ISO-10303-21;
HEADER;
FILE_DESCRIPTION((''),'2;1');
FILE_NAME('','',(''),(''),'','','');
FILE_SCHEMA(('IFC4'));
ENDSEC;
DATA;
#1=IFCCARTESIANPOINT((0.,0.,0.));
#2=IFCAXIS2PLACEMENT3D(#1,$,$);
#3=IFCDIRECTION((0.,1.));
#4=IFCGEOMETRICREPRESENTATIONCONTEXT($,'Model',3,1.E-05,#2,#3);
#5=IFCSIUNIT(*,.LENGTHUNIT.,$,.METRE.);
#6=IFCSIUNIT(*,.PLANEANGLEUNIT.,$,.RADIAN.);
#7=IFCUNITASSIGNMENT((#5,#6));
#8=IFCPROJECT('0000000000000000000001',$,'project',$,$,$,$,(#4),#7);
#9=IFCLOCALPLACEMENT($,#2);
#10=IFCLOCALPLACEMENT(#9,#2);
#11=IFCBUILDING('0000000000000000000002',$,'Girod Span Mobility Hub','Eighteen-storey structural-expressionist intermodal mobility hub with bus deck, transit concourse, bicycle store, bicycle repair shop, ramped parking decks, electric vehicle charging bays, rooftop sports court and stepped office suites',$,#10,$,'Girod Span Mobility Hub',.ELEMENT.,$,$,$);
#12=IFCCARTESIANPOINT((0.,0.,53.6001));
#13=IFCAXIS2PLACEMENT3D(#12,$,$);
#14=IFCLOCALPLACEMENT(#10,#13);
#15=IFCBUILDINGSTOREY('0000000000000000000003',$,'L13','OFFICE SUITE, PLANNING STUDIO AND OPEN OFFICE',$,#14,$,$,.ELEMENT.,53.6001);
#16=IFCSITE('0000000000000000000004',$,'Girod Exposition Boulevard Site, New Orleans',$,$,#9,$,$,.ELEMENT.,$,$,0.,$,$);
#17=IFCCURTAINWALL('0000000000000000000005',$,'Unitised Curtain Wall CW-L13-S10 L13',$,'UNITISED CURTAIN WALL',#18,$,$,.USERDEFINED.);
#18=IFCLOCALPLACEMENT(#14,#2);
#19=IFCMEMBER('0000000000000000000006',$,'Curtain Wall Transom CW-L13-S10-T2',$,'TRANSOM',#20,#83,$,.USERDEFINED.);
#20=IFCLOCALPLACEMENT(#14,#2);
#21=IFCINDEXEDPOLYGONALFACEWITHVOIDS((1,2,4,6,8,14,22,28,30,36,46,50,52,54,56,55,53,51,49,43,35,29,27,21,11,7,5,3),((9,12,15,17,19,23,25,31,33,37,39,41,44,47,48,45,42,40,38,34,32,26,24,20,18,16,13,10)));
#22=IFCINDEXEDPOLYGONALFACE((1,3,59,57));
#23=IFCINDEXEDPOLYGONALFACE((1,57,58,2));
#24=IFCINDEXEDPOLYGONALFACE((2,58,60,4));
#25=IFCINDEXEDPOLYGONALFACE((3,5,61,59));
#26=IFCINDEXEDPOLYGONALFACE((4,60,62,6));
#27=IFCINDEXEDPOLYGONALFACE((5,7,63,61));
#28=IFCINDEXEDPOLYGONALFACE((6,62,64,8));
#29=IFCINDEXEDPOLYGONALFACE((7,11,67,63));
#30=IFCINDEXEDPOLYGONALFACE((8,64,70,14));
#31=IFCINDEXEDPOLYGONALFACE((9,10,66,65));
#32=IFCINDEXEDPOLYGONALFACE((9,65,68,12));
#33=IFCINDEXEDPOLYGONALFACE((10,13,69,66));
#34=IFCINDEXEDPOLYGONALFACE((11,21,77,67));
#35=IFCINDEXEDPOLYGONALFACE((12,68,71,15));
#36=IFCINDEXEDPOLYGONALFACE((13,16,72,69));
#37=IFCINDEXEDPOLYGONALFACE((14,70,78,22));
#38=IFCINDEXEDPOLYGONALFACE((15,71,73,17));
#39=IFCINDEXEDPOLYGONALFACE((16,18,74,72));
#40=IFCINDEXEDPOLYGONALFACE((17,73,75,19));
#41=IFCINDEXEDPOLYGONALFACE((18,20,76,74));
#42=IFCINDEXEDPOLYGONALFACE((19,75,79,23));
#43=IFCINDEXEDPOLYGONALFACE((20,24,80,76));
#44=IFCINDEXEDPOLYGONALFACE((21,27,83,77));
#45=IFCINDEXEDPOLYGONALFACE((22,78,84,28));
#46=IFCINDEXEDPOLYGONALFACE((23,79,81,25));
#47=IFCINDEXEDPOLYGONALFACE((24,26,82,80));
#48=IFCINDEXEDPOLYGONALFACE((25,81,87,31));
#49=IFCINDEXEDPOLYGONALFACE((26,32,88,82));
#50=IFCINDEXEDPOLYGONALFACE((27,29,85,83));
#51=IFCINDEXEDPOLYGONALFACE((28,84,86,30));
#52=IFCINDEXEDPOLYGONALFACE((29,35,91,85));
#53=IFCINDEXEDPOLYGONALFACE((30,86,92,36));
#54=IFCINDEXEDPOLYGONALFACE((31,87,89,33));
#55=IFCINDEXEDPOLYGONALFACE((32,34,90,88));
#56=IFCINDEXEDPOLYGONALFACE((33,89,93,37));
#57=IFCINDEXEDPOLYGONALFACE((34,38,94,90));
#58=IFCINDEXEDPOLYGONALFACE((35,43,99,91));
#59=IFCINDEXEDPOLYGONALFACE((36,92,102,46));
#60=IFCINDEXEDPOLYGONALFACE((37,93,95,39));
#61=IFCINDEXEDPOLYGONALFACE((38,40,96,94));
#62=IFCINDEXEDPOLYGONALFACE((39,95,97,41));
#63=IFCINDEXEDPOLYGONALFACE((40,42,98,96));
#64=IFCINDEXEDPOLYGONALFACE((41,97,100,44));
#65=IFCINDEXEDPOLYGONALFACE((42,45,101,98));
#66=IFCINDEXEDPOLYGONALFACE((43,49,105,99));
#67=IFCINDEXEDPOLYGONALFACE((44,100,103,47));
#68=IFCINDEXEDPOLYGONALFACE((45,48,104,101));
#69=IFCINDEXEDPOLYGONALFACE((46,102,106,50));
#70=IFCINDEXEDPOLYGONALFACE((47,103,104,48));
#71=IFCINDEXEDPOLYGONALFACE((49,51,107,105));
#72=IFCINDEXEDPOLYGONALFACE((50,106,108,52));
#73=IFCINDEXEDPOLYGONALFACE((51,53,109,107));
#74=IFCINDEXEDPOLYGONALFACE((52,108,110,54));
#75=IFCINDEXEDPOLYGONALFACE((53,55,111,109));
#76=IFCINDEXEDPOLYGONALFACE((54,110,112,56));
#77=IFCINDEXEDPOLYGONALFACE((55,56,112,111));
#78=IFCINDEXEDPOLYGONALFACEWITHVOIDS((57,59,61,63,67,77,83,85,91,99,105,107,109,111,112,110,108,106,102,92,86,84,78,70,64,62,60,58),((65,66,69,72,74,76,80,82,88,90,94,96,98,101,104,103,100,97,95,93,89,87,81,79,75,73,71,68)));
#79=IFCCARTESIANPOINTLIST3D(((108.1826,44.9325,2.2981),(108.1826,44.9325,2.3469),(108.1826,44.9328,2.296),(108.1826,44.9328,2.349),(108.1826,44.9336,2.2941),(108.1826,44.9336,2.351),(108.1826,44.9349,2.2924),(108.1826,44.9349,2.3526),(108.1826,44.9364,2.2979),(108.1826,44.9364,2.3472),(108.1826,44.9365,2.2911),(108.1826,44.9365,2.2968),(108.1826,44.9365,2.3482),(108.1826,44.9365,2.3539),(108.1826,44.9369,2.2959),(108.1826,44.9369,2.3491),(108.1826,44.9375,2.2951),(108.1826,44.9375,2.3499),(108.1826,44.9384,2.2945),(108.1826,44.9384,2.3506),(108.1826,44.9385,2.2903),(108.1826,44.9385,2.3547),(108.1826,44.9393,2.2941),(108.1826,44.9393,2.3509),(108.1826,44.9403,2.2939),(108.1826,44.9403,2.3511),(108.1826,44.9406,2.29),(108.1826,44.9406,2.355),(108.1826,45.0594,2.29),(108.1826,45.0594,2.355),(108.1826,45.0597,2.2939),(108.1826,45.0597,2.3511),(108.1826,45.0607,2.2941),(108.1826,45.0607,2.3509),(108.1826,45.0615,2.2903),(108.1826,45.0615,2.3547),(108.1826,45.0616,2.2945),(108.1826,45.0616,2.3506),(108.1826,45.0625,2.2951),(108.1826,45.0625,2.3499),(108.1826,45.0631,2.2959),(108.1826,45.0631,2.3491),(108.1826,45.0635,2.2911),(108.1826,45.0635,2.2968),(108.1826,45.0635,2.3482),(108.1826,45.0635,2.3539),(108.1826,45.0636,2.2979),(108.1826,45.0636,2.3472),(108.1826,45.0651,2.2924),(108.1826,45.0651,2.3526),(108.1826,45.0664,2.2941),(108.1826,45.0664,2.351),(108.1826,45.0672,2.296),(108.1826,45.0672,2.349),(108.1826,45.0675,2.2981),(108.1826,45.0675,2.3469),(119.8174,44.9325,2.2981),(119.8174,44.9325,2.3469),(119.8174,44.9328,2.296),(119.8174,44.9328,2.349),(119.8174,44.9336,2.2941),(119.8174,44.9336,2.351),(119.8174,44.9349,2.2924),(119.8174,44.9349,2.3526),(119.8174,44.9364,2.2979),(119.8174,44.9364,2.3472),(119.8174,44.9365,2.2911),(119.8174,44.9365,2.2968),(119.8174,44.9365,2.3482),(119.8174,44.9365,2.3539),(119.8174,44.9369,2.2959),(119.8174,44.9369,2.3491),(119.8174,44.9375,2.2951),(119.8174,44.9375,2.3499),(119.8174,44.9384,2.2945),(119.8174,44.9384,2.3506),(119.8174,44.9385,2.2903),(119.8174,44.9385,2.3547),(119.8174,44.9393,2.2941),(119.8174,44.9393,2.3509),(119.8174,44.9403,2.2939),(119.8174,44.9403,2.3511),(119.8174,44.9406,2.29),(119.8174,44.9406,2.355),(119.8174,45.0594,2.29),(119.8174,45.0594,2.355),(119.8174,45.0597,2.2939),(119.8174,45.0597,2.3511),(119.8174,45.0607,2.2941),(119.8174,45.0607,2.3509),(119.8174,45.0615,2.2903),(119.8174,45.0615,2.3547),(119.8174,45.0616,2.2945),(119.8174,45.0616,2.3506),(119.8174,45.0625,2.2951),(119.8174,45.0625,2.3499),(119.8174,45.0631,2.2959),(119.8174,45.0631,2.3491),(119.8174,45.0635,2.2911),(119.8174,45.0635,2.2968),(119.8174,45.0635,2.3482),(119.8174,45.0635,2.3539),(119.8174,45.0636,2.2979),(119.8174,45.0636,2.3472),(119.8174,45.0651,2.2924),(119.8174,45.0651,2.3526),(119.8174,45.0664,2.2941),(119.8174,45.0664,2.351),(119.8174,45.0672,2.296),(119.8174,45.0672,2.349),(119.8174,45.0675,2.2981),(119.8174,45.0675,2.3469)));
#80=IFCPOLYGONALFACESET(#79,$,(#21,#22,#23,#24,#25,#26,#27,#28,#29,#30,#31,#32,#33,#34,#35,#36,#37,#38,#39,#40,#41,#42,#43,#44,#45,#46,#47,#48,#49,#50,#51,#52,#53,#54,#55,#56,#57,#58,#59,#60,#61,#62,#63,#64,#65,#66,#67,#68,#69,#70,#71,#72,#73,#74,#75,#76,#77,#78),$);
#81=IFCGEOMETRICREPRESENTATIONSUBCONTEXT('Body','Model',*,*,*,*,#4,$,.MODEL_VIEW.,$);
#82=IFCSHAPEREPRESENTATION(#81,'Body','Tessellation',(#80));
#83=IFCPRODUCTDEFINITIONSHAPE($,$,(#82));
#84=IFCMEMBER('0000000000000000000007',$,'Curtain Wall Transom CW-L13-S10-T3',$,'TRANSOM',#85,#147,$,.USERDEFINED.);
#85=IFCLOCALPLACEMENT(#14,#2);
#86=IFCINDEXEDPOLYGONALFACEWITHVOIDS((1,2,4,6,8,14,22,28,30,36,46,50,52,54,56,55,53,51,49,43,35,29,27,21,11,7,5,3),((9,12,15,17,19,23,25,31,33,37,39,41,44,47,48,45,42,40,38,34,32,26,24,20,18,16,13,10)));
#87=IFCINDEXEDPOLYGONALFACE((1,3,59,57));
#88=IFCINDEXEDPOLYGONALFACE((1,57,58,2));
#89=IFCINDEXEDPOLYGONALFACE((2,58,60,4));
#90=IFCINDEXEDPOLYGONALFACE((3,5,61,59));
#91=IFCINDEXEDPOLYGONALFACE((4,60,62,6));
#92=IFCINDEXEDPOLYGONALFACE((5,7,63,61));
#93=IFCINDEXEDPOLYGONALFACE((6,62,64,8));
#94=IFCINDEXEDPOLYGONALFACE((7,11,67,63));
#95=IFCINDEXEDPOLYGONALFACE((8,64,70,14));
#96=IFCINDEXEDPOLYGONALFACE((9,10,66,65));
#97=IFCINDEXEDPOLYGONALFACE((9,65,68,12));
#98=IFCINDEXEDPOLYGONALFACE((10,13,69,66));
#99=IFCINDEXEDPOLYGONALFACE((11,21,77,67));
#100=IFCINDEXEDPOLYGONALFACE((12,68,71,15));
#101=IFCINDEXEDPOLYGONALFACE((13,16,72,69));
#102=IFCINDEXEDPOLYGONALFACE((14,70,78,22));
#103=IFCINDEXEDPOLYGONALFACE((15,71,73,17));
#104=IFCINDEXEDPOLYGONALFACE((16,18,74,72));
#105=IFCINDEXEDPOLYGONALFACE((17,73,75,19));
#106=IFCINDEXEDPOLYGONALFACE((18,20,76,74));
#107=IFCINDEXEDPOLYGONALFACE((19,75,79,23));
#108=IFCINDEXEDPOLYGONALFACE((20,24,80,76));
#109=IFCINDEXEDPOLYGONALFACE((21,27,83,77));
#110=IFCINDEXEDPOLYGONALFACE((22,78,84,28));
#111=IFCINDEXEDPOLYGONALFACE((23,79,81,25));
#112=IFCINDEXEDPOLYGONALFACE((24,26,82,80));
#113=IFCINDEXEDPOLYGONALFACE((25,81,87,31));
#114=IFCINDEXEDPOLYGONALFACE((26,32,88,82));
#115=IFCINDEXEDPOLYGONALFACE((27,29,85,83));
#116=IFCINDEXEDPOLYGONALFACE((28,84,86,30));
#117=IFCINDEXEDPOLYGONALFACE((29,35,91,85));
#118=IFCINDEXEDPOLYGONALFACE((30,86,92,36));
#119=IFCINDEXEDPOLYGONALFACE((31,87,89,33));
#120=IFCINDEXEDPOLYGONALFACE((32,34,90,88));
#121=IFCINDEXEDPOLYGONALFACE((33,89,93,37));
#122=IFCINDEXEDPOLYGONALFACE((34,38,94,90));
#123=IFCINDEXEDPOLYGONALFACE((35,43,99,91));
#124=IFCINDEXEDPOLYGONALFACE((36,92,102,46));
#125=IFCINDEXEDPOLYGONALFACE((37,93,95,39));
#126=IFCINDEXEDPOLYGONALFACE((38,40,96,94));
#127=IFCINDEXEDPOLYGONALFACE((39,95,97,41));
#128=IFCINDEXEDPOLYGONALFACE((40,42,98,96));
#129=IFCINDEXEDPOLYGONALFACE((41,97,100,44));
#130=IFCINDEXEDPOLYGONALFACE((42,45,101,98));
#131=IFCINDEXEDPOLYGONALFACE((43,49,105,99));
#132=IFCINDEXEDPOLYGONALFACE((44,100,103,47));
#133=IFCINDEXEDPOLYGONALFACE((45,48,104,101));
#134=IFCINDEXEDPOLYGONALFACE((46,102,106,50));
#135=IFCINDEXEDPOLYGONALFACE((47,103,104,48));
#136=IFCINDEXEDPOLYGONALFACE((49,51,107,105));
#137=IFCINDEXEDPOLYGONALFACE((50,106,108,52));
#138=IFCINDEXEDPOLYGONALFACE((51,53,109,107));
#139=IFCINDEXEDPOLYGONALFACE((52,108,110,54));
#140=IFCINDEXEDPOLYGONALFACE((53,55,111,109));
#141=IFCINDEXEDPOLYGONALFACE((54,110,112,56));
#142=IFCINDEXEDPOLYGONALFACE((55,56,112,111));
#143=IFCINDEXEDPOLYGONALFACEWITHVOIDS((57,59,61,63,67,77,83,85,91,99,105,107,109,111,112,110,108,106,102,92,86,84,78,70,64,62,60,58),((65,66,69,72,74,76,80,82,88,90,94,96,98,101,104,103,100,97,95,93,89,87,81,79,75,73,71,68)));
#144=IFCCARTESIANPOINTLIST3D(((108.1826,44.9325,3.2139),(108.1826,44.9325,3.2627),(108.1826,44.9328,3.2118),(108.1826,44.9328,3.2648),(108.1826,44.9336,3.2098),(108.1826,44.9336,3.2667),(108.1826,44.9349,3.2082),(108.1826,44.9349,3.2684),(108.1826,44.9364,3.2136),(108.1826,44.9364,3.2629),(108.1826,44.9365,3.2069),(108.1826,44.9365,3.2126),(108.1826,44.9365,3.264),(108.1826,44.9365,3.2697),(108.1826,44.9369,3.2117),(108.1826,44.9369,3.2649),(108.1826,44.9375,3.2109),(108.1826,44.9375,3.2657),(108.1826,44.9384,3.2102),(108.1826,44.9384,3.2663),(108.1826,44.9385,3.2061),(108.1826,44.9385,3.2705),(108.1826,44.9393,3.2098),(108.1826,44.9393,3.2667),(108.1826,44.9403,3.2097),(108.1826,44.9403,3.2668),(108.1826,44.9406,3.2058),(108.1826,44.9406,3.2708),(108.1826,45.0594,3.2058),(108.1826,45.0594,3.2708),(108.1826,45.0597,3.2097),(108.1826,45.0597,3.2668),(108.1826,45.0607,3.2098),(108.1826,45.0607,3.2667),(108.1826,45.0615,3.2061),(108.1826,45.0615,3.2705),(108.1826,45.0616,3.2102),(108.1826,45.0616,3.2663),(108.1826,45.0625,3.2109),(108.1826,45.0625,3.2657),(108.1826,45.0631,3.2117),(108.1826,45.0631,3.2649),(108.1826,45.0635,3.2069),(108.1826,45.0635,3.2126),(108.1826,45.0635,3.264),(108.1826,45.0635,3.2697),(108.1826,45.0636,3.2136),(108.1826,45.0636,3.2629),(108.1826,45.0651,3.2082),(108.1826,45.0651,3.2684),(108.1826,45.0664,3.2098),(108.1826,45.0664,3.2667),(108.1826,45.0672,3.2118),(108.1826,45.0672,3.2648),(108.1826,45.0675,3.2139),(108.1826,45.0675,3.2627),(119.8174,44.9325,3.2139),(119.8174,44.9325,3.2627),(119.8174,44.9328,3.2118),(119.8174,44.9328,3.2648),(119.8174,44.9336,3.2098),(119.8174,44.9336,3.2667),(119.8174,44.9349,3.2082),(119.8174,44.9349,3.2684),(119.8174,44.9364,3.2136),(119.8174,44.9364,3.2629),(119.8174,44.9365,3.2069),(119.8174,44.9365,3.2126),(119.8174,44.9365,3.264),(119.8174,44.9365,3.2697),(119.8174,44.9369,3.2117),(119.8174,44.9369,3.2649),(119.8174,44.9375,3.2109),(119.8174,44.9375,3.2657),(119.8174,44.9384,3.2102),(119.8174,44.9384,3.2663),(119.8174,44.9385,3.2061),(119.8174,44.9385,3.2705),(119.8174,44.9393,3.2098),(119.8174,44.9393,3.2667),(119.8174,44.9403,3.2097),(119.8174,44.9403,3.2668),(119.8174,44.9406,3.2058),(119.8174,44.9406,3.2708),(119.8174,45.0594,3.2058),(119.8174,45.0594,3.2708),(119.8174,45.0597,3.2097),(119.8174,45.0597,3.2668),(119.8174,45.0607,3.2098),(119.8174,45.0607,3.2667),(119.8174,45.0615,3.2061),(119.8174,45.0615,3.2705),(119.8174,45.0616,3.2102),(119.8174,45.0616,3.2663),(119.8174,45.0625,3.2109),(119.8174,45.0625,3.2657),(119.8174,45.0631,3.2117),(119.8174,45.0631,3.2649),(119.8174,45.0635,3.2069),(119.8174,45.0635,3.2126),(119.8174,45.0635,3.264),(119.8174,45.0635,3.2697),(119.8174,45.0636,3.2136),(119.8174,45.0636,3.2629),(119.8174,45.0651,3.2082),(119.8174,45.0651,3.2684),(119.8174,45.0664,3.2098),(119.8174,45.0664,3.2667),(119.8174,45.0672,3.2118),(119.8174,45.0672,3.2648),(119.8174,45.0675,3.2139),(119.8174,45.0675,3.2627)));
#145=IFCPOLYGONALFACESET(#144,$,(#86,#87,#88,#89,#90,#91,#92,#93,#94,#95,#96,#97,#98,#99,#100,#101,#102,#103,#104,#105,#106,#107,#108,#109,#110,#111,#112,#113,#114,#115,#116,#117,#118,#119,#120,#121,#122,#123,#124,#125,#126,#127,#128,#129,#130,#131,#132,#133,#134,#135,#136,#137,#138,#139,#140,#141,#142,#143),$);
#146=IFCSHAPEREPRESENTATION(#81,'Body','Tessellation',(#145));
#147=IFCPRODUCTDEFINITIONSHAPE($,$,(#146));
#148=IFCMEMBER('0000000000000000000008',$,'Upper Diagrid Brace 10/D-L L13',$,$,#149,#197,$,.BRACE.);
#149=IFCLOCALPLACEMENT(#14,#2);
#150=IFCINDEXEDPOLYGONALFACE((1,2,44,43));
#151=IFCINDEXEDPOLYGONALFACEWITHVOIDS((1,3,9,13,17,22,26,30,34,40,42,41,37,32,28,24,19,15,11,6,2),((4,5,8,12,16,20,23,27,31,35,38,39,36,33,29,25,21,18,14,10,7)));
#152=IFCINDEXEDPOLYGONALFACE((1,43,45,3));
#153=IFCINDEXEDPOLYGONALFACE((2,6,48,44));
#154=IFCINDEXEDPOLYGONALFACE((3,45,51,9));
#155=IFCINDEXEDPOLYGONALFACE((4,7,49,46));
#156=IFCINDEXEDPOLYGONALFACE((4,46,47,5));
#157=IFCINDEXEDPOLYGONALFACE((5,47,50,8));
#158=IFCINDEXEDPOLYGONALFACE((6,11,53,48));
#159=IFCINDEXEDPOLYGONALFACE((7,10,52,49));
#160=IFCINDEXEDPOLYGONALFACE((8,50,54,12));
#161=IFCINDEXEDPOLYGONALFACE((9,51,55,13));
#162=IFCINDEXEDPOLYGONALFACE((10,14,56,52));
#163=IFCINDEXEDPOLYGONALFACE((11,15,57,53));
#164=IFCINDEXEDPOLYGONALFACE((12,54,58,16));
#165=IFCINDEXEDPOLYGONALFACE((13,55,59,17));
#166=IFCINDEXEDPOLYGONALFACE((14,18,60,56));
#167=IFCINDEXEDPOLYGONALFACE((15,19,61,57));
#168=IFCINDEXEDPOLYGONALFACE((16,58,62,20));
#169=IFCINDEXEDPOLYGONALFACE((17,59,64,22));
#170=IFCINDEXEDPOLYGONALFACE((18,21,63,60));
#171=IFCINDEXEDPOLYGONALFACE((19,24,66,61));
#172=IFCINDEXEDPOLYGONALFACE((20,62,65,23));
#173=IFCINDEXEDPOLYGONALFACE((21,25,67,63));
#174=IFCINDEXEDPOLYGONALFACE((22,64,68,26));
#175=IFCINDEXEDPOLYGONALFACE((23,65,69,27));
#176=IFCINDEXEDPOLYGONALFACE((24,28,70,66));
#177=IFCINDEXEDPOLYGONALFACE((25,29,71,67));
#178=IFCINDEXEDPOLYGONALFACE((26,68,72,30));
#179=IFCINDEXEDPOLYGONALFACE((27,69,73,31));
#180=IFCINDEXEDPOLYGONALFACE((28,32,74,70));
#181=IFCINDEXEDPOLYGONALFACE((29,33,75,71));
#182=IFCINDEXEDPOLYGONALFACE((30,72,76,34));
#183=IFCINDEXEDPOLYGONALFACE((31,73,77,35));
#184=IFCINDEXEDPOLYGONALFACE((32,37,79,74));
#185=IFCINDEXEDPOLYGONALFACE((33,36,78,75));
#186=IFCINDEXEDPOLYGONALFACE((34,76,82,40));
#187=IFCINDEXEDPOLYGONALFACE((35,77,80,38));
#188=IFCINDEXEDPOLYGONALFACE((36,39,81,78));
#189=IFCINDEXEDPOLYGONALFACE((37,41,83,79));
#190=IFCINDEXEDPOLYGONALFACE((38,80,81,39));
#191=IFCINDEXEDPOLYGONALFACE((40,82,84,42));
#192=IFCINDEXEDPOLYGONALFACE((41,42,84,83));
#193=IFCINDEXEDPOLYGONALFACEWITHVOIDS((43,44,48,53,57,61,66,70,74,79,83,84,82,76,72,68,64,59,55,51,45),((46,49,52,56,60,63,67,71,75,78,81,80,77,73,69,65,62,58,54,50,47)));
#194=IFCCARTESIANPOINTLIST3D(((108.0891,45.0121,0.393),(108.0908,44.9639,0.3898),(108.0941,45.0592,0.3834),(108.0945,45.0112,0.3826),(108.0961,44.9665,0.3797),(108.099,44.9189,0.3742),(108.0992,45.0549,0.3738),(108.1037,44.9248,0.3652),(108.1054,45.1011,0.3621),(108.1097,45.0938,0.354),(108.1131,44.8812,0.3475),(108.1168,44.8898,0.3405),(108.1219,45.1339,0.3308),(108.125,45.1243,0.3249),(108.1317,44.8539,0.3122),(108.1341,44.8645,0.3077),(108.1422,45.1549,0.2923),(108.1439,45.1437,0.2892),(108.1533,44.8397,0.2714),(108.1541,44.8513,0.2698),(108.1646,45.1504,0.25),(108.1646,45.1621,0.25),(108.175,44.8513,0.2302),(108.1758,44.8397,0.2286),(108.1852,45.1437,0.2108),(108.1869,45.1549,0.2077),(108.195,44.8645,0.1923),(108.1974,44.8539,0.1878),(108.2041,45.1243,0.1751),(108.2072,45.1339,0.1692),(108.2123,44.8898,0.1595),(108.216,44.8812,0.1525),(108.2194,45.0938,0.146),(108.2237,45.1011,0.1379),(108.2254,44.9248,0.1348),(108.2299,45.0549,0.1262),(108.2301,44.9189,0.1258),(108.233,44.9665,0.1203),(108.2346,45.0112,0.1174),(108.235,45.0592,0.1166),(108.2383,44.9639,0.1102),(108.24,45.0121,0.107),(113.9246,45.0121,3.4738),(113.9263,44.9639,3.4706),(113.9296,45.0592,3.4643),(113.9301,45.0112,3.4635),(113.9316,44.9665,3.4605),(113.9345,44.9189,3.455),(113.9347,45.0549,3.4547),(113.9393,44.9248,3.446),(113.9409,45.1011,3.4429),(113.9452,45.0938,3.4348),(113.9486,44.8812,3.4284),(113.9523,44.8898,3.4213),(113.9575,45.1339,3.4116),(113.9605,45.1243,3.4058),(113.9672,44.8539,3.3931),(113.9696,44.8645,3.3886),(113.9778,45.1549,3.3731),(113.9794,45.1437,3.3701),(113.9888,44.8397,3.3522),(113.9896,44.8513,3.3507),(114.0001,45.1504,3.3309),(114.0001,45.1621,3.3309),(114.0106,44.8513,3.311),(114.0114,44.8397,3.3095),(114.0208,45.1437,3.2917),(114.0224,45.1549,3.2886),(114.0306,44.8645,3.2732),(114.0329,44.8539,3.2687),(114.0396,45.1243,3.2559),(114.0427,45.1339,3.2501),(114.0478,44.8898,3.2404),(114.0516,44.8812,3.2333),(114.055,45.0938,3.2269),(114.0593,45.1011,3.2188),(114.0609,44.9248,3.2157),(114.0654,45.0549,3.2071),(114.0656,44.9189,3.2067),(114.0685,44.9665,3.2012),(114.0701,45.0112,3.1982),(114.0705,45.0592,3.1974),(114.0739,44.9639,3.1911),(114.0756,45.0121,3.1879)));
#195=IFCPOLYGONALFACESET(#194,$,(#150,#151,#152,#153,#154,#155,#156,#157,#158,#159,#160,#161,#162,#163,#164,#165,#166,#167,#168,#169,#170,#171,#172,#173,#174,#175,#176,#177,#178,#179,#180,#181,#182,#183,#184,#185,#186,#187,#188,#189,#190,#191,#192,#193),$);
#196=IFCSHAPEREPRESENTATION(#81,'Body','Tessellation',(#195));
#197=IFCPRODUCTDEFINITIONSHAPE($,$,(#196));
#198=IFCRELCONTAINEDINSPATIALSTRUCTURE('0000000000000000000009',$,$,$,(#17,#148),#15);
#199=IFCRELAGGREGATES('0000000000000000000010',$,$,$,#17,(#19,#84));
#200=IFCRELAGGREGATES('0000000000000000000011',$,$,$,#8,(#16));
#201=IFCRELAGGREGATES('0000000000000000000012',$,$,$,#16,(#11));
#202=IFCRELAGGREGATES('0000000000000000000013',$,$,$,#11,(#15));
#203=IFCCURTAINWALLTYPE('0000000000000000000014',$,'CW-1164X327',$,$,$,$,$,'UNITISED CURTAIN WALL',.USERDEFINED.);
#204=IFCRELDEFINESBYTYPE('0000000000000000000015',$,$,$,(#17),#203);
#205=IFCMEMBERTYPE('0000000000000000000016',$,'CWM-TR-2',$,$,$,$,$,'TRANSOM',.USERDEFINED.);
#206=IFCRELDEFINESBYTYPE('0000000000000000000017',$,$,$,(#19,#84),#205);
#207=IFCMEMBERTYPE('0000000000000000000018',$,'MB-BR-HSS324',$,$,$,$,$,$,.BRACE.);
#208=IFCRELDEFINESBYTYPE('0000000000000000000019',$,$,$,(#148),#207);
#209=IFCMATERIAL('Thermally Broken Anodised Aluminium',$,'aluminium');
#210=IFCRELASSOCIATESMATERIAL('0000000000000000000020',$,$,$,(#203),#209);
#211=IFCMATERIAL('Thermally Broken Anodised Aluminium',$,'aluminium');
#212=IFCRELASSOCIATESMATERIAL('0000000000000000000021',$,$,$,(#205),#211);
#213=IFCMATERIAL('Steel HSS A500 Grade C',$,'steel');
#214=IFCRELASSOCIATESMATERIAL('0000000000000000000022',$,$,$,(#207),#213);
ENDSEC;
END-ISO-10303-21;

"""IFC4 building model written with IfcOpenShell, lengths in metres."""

from ifc_helpers import new_model, si_unit, direction, frame, origin, origin_2d, place, context, subcontext, project, spatial, hollow_rectangle, hollow_circle, extrude, material, material_profile, profile_set, type_object, element, aggregate, save


model = new_model("IFC4")

# Units and contexts
model_context = context("Model", 3, precision=1e-05, world=origin(), true_north=direction((0.0, 1.0)))
body_context = subcontext(model_context, "Body", "Model", "MODEL_VIEW")
ifc_project = project(units=[si_unit("LENGTHUNIT", "METRE"), si_unit("PLANEANGLEUNIT", "RADIAN")], contexts=[model_context])

# Site, building, storey
site_placement = place(None, origin())
site = spatial("IfcSite", under=ifc_project, at=site_placement, Name="Girod Exposition Boulevard Site, New Orleans", CompositionType="ELEMENT", RefElevation=0.0)
building_placement = place(site_placement, origin())
building = spatial("IfcBuilding", under=site, at=building_placement, Name="Girod Span Mobility Hub", Description="Eighteen-storey structural-expressionist intermodal mobility hub with bus deck, transit concourse, bicycle store, bicycle repair shop, ramped parking decks, electric vehicle charging bays, rooftop sports court and stepped office suites", LongName="Girod Span Mobility Hub", CompositionType="ELEMENT")
storey_placement = place(building_placement, frame((0.0, 0.0, 53.6001)))
storey = spatial("IfcBuildingStorey", under=building, at=storey_placement, Name="L13", Description="OFFICE SUITE, PLANNING STUDIO AND OPEN OFFICE", CompositionType="ELEMENT", Elevation=53.6001)

# Curtain wall, members
ifc_material_1 = material(Name="Thermally Broken Anodised Aluminium", Category="aluminium")
curtain_wall_type = type_object("IfcCurtainWallType", Name="CW-1164X327", ElementType="UNITISED CURTAIN WALL", PredefinedType="USERDEFINED", material=ifc_material_1)
curtain_wall_1_placement = place(storey_placement, origin())
curtain_wall_1 = element("IfcCurtainWall", 1, at=curtain_wall_1_placement, inside=storey, type_object=curtain_wall_type, Name="Unitised Curtain Wall CW-L13-S10 L13", ObjectType="UNITISED CURTAIN WALL", PredefinedType="USERDEFINED")
ifc_material_2 = material(Name="Thermally Broken Anodised Aluminium", Category="aluminium")
ifc_material_profile_1 = material_profile(ifc_material_2, hollow_rectangle(XDim=0.135, YDim=0.0649, WallThickness=0.0039, InnerFilletRadius=0.0039, OuterFilletRadius=0.0081, at=origin_2d()), Name="CW-TR-65X135")
ifc_profile_set_1 = profile_set([ifc_material_profile_1], Name="Thermally Broken Anodised Aluminium")
member_type_1 = type_object("IfcMemberType", Name="CWM-TR-2", ElementType="TRANSOM", PredefinedType="USERDEFINED", material=ifc_profile_set_1)
member_1_placement = place(storey_placement, frame((108.1826, 45.0, 2.3225), z_axis=(1.0, 0.0, 0.0), x_axis=(0.0, 1.0, 0.0)))
member_1 = element("IfcMember", 2, at=member_1_placement, type_object=member_type_1, Name="Curtain Wall Transom CW-L13-S10-T2", ObjectType="TRANSOM", PredefinedType="USERDEFINED", context=body_context, shape_type="SweptSolid", body=[
    extrude(hollow_rectangle(XDim=0.135, YDim=0.0649, WallThickness=0.0039, InnerFilletRadius=0.0039, OuterFilletRadius=0.0081, at=origin_2d()), origin(), (0.0, 0.0, 1.0), 11.6348),
])
member_2_placement = place(storey_placement, frame((108.1826, 45.0, 3.2383), z_axis=(1.0, 0.0, 0.0), x_axis=(0.0, 1.0, 0.0)))
member_2 = element("IfcMember", 3, at=member_2_placement, type_object=member_type_1, Name="Curtain Wall Transom CW-L13-S10-T3", ObjectType="TRANSOM", PredefinedType="USERDEFINED", context=body_context, shape_type="SweptSolid", body=[
    extrude(hollow_rectangle(XDim=0.135, YDim=0.0649, WallThickness=0.0039, InnerFilletRadius=0.0039, OuterFilletRadius=0.0081, at=origin_2d()), origin(), (0.0, 0.0, 1.0), 11.6348),
])

# Member
ifc_material_3 = material(Name="Steel HSS A500 Grade C", Category="steel")
ifc_material_profile_2 = material_profile(ifc_material_3, hollow_circle(Radius=0.1621, WallThickness=0.0117, at=origin_2d()), Name="HSS324X12.7")
ifc_profile_set_2 = profile_set([ifc_material_profile_2], Name="Steel HSS A500 Grade C")
member_type_2 = type_object("IfcMemberType", Name="MB-BR-HSS324", PredefinedType="BRACE", material=ifc_profile_set_2)
member_3_placement = place(storey_placement, frame((108.1646, 45.0, 0.25), z_axis=(0.884323, 0.0, 0.466876), x_axis=(0.0, 1.0, 0.0)))
element("IfcMember", 4, at=member_3_placement, inside=storey, type_object=member_type_2, Name="Upper Diagrid Brace 10/D-L L13", PredefinedType="BRACE", context=body_context, shape_type="SweptSolid", body=[
    extrude(hollow_circle(Radius=0.1621, WallThickness=0.0117, at=origin_2d()), origin(), (0.0, 0.0, 1.0), 6.5989),
])

aggregate(curtain_wall_1, [member_1, member_2])

save(model, "model.ifc")
